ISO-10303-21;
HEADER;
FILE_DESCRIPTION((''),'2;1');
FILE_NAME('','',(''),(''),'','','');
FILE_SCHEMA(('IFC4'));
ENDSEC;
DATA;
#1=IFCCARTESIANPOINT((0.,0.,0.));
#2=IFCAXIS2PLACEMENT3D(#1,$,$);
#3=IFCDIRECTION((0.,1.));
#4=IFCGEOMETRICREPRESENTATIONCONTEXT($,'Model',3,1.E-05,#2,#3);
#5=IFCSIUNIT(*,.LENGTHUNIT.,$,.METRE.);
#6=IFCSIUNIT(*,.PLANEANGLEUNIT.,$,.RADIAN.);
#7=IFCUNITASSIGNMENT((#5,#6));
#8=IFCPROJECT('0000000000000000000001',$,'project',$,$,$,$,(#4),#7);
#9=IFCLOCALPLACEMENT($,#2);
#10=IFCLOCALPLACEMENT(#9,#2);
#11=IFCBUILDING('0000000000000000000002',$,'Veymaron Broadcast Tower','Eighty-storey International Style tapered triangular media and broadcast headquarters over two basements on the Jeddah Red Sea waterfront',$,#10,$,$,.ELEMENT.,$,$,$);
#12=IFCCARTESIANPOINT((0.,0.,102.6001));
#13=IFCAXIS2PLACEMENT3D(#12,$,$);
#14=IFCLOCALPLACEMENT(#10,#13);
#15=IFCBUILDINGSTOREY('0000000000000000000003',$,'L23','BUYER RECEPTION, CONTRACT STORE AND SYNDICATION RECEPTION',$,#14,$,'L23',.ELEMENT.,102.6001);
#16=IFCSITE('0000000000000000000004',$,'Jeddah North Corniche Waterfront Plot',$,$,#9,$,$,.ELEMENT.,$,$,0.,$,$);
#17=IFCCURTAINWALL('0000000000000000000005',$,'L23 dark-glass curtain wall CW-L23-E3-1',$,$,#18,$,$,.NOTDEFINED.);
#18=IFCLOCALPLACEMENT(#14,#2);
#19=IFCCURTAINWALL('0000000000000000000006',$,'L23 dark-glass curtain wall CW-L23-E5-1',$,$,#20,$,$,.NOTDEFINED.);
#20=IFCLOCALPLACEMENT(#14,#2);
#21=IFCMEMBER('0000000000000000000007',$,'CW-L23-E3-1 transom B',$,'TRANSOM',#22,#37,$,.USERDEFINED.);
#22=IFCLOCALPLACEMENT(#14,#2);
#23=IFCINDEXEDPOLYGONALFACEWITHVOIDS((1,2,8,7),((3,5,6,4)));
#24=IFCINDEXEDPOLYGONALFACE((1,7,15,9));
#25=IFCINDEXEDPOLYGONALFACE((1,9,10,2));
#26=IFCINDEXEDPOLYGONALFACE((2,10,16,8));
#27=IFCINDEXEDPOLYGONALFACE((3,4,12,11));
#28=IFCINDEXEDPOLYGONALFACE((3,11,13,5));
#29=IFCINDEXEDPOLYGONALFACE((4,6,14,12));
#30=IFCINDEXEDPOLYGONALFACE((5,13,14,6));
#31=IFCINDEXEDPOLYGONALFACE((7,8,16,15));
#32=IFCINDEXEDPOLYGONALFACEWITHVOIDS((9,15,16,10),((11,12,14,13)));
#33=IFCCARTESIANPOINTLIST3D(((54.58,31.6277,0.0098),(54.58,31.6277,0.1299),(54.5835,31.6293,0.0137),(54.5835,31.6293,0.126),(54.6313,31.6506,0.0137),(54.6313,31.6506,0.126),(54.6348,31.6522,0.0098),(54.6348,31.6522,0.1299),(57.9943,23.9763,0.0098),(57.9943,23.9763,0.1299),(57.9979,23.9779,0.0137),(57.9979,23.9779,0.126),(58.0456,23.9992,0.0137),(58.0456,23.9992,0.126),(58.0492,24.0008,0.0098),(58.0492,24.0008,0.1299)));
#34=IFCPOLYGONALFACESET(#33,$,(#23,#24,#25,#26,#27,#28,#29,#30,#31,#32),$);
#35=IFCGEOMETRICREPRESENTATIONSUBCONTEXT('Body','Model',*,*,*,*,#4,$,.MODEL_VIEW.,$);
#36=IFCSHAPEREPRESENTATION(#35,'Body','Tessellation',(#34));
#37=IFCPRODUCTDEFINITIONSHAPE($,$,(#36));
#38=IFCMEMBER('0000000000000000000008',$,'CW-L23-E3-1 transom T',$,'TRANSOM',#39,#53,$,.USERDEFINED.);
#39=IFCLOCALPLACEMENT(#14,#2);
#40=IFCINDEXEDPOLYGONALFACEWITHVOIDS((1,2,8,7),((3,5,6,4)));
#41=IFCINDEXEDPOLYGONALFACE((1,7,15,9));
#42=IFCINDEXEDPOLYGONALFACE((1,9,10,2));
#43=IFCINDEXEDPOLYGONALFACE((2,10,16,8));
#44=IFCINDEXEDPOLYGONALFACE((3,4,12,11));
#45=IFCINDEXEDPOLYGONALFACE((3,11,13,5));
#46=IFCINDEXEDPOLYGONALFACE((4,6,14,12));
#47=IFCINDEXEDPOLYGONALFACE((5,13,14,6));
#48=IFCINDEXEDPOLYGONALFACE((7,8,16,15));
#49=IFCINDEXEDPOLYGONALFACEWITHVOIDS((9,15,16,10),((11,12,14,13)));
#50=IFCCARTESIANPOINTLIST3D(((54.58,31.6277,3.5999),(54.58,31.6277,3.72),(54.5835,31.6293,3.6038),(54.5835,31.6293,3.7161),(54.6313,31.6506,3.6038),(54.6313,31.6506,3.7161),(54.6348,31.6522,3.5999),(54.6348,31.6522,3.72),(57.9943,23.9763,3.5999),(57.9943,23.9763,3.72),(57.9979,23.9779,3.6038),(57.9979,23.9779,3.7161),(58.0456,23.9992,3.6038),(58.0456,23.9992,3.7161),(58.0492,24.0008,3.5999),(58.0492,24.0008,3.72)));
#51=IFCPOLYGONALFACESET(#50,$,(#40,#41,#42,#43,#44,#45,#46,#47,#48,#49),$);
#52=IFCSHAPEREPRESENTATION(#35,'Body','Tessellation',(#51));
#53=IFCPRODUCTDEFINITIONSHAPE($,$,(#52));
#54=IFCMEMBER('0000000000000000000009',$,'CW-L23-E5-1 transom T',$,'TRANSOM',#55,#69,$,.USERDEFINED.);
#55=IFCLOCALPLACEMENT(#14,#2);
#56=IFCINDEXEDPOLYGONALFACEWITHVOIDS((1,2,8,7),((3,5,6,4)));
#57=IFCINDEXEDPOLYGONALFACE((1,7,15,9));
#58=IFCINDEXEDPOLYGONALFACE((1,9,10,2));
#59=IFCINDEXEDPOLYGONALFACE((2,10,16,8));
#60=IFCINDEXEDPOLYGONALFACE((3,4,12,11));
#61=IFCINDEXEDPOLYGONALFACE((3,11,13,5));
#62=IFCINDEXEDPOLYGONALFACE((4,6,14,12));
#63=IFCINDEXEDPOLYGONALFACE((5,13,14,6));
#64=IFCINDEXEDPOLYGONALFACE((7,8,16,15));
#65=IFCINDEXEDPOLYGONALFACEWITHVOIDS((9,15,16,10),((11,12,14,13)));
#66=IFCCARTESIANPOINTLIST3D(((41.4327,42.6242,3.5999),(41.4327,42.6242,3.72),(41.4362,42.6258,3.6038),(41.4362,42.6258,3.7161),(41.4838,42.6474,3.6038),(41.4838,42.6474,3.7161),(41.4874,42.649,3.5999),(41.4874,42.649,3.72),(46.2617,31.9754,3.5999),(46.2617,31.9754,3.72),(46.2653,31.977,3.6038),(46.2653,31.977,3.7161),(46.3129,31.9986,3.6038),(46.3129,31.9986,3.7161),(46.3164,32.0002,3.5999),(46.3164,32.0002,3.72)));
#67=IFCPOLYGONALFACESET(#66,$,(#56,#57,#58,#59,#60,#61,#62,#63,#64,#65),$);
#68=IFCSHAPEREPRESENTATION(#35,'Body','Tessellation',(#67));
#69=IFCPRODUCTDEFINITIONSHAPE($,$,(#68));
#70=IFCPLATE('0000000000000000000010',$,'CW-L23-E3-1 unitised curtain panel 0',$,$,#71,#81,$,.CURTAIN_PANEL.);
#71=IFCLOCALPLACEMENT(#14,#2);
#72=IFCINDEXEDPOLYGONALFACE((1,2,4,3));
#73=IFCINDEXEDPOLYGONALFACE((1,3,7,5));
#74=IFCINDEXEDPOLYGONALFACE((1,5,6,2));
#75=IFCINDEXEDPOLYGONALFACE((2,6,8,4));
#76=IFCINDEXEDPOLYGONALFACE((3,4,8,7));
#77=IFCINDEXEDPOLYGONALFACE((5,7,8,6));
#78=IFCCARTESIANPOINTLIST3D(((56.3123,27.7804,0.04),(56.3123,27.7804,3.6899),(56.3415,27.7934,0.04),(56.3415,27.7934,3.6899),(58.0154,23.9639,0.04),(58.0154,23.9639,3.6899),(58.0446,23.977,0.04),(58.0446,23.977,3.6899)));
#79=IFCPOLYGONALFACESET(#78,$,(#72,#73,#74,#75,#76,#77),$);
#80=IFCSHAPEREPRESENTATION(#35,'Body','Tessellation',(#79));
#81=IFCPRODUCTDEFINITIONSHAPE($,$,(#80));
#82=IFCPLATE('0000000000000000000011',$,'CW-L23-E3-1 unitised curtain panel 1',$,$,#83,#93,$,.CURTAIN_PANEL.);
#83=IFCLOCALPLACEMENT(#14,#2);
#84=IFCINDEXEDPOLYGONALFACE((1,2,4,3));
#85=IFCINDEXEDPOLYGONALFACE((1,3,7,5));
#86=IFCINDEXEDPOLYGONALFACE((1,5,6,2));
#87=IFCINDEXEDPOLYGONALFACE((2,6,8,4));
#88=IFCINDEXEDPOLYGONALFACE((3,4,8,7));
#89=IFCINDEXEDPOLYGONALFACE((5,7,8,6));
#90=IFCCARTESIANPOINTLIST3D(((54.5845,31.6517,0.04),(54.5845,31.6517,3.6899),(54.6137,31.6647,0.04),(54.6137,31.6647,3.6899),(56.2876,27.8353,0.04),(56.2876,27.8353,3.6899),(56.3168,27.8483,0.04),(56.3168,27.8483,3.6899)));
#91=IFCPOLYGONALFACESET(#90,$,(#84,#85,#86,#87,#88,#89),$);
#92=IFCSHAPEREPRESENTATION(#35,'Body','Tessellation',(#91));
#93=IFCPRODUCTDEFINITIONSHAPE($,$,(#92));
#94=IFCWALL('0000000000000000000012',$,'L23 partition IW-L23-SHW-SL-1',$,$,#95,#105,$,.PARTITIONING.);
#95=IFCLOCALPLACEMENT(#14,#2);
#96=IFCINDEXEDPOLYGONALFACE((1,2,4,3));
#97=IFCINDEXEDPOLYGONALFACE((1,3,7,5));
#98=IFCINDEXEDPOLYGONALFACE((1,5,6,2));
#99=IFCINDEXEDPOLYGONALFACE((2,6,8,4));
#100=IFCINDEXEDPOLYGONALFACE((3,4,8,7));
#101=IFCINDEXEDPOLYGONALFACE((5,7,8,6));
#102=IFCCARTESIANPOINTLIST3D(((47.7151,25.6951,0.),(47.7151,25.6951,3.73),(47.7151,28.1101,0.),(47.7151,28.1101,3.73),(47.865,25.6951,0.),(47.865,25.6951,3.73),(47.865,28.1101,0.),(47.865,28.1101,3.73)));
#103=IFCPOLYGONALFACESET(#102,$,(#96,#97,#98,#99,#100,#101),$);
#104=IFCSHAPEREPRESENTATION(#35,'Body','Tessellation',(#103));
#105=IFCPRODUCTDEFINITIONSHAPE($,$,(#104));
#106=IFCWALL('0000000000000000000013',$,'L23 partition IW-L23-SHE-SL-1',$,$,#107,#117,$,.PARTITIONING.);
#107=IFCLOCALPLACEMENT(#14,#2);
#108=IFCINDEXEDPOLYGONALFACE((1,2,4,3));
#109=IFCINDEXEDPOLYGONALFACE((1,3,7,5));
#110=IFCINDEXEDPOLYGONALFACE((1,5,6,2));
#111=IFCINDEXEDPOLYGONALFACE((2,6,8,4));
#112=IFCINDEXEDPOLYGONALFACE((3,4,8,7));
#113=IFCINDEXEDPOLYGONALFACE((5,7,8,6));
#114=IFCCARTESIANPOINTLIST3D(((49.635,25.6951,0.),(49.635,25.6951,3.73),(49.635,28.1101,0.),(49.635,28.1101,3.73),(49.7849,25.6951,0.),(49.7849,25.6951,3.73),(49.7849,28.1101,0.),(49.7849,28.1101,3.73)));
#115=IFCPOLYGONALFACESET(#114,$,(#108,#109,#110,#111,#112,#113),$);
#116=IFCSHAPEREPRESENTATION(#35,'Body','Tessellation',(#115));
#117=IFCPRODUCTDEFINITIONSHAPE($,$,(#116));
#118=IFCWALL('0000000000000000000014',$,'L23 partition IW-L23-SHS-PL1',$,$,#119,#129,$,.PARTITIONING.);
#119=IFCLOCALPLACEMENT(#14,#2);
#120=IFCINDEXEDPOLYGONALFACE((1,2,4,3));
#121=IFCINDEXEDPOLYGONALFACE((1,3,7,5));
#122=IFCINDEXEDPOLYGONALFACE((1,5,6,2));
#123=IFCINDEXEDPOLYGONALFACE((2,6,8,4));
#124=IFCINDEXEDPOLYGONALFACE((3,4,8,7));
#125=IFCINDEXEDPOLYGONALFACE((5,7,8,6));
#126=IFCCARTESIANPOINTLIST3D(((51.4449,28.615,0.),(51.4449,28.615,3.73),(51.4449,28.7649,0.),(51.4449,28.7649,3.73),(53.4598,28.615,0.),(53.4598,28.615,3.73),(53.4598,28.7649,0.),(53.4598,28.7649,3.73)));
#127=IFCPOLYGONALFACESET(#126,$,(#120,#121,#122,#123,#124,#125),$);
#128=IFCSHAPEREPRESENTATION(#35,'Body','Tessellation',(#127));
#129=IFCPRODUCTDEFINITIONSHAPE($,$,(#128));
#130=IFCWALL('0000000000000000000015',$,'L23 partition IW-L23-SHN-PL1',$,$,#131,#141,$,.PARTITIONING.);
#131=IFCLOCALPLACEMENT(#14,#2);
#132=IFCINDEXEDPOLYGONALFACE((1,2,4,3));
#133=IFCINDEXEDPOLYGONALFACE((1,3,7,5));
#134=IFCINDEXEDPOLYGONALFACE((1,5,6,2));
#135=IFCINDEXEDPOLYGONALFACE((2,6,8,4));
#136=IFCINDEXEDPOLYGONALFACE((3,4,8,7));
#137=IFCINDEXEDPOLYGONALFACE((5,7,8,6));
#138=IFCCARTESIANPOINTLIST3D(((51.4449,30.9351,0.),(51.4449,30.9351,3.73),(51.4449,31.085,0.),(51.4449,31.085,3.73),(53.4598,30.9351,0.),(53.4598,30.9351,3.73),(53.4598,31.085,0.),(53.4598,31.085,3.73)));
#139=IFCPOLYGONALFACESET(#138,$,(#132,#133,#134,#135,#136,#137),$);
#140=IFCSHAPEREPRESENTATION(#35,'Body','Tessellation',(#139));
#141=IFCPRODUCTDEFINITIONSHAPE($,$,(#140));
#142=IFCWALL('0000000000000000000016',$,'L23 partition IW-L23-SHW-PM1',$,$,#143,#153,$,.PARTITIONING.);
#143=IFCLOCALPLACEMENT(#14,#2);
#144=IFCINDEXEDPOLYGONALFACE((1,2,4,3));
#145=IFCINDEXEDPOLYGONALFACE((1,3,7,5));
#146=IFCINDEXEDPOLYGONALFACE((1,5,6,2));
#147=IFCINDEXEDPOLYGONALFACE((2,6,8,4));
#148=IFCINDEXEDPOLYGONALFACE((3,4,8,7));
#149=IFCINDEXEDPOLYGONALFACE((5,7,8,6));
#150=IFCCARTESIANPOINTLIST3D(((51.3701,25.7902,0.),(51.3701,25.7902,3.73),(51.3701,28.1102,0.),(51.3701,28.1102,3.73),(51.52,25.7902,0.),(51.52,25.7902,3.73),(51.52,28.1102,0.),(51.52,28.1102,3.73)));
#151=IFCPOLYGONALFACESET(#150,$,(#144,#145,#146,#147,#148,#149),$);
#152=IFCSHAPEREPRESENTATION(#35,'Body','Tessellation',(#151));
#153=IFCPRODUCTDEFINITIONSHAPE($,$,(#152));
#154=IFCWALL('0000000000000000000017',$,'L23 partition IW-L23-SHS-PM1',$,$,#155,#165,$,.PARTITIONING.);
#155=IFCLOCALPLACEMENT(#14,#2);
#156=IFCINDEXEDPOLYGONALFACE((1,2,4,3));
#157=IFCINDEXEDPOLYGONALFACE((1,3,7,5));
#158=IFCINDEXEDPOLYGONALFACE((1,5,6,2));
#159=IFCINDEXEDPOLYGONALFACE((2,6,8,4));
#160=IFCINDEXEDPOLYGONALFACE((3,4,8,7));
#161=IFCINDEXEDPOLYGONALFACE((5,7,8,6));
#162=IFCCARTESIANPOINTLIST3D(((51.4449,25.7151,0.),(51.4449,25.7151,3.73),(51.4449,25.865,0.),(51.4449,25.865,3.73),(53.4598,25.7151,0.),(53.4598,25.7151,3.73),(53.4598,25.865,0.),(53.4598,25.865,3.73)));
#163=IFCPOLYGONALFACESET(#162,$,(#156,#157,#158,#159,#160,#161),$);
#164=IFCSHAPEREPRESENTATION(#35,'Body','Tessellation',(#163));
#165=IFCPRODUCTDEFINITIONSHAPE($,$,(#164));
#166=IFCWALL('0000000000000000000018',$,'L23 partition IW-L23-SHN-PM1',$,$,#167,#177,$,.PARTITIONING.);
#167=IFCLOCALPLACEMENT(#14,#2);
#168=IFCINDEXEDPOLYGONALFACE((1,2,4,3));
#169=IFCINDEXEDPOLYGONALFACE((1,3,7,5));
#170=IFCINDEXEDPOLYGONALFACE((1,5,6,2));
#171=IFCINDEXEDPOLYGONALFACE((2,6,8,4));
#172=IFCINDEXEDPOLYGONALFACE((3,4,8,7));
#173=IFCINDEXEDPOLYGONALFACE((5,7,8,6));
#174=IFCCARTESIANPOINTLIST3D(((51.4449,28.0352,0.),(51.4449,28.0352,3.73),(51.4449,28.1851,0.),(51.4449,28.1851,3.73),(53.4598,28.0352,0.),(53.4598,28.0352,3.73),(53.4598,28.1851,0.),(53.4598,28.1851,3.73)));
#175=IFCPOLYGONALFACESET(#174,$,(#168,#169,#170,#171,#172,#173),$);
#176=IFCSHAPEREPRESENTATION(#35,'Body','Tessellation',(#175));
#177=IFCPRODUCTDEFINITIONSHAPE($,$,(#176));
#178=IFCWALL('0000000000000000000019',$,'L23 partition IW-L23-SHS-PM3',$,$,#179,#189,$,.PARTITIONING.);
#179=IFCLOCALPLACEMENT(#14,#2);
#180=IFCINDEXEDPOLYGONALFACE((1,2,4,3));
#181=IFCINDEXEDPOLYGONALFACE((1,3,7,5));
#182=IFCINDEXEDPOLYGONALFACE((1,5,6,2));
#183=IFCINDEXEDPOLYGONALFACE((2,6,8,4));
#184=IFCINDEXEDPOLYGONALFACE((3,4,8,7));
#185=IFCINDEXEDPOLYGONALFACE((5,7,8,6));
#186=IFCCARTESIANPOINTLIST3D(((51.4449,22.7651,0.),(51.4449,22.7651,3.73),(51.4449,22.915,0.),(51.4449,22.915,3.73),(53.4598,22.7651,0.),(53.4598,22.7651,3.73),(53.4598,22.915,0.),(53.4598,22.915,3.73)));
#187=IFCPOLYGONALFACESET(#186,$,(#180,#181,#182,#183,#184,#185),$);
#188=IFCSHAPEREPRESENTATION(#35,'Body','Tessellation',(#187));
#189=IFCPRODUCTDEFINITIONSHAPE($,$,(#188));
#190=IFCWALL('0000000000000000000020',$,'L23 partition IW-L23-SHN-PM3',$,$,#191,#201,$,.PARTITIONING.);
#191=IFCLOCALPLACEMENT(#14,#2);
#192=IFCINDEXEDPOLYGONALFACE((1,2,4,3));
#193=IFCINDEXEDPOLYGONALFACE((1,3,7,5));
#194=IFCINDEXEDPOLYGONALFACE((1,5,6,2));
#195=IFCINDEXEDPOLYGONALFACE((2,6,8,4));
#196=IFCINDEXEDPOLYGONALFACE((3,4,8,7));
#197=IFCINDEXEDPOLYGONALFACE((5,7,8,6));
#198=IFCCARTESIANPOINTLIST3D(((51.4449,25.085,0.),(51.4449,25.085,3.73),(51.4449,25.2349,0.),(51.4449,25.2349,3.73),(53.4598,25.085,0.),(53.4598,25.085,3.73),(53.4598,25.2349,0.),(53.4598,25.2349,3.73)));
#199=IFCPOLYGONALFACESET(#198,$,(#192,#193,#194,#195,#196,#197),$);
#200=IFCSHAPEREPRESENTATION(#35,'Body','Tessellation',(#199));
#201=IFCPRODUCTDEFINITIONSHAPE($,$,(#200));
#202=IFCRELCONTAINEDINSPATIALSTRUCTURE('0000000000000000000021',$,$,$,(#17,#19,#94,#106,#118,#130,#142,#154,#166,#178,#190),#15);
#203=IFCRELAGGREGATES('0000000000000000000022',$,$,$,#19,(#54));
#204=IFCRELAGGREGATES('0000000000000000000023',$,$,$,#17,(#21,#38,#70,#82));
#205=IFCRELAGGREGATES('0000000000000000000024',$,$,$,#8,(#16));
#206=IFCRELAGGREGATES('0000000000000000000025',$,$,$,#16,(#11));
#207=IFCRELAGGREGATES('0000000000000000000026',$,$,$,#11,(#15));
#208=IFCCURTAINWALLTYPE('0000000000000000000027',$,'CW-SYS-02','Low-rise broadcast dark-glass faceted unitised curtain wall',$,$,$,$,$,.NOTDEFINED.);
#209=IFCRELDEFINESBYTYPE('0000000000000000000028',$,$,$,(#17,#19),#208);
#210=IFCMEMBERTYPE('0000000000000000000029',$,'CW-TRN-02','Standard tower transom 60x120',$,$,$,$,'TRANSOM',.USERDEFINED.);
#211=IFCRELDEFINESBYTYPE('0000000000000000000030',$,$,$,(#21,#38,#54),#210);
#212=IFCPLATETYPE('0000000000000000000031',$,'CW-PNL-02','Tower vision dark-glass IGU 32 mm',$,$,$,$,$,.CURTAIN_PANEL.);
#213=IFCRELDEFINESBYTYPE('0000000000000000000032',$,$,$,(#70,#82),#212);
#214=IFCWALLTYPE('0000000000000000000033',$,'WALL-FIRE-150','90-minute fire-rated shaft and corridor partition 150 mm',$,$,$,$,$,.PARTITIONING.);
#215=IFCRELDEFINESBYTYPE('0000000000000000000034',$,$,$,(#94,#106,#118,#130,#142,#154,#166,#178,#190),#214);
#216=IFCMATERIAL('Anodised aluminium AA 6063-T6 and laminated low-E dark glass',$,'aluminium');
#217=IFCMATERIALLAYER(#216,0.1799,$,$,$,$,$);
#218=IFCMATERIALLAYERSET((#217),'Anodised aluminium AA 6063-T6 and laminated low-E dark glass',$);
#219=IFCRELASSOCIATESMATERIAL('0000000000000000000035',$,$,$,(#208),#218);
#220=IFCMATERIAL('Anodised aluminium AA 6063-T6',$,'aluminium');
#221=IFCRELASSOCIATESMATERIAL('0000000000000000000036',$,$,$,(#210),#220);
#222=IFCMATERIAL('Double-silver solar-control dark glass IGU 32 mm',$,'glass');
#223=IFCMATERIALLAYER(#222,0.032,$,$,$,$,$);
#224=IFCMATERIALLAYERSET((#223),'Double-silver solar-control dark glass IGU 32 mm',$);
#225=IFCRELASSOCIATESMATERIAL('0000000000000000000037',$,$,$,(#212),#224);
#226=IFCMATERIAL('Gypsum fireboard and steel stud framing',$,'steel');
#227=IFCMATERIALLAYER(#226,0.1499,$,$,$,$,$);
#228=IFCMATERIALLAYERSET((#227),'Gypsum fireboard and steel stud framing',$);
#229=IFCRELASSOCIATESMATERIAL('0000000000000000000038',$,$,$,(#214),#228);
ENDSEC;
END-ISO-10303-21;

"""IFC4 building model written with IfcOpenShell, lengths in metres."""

from ifc_helpers import new_model, si_unit, direction, frame, frame_2d, origin, origin_2d, place, context, subcontext, project, spatial, rectangle, hollow_rectangle, extrude, material, layer, layer_set, material_profile, profile_set, type_object, element, aggregate, save


model = new_model("IFC4")

# Units and contexts
model_context = context("Model", 3, precision=1e-05, world=origin(), true_north=direction((0.0, 1.0)))
body_context = subcontext(model_context, "Body", "Model", "MODEL_VIEW")
ifc_project = project(units=[si_unit("LENGTHUNIT", "METRE"), si_unit("PLANEANGLEUNIT", "RADIAN")], contexts=[model_context])

# Site, building, storey
site_placement = place(None, origin())
site = spatial("IfcSite", under=ifc_project, at=site_placement, Name="Jeddah North Corniche Waterfront Plot", CompositionType="ELEMENT", RefElevation=0.0)
building_placement = place(site_placement, origin())
building = spatial("IfcBuilding", under=site, at=building_placement, Name="Veymaron Broadcast Tower", Description="Eighty-storey International Style tapered triangular media and broadcast headquarters over two basements on the Jeddah Red Sea waterfront", CompositionType="ELEMENT")
storey_placement = place(building_placement, frame((0.0, 0.0, 102.6001)))
storey = spatial("IfcBuildingStorey", under=building, at=storey_placement, Name="L23", Description="BUYER RECEPTION, CONTRACT STORE AND SYNDICATION RECEPTION", LongName="L23", CompositionType="ELEMENT", Elevation=102.6001)

# Shared definitions
ifc_material_1 = material(Name="Anodised aluminium AA 6063-T6 and laminated low-E dark glass", Category="aluminium")
ifc_layer_1 = layer(ifc_material_1, 0.1799)
ifc_layer_set_1 = layer_set([ifc_layer_1], Name="Anodised aluminium AA 6063-T6 and laminated low-E dark glass")
curtain_wall_type = type_object("IfcCurtainWallType", Name="CW-SYS-02", Description="Low-rise broadcast dark-glass faceted unitised curtain wall", PredefinedType="NOTDEFINED", material=ifc_layer_set_1)
ifc_material_2 = material(Name="Anodised aluminium AA 6063-T6", Category="aluminium")

# Curtain wall
curtain_wall_1_placement = place(storey_placement, origin())
curtain_wall_1 = element("IfcCurtainWall", 1, at=curtain_wall_1_placement, inside=storey, type_object=curtain_wall_type, Name="L23 dark-glass curtain wall CW-L23-E3-1", PredefinedType="NOTDEFINED")

# Curtain wall
curtain_wall_2_placement = place(storey_placement, origin())
curtain_wall_2 = element("IfcCurtainWall", 2, at=curtain_wall_2_placement, inside=storey, type_object=curtain_wall_type, Name="L23 dark-glass curtain wall CW-L23-E5-1", PredefinedType="NOTDEFINED")

# Members
ifc_material_profile_1 = material_profile(ifc_material_2, hollow_rectangle(XDim=0.0601, YDim=0.1201, WallThickness=0.0039, at=origin_2d()), Name="AL120X60X4")
ifc_profile_set_1 = profile_set([ifc_material_profile_1], Name="Anodised aluminium AA 6063-T6")
member_type_1 = type_object("IfcMemberType", Name="CW-TRN-02", Description="Standard tower transom 60x120", ElementType="TRANSOM", PredefinedType="USERDEFINED", material=ifc_profile_set_1)
member_1_placement = place(storey_placement, frame((58.0217, 23.9885, 0.0698), z_axis=(-0.407503, 0.913204, 0.0), x_axis=(-0.913204, -0.407503, 0.0)))
member_1 = element("IfcMember", 3, at=member_1_placement, type_object=member_type_1, Name="CW-L23-E3-1 transom B", ObjectType="TRANSOM", PredefinedType="USERDEFINED", context=body_context, shape_type="SweptSolid", body=[
    extrude(hollow_rectangle(XDim=0.0601, YDim=0.1201, WallThickness=0.0039, at=origin_2d()), origin(), (0.0, 0.0, 1.0), 8.3787),
])
member_2_placement = place(storey_placement, frame((58.0217, 23.9885, 3.6599), z_axis=(-0.407503, 0.913204, 0.0), x_axis=(-0.913204, -0.407503, 0.0)))
member_2 = element("IfcMember", 4, at=member_2_placement, type_object=member_type_1, Name="CW-L23-E3-1 transom T", ObjectType="TRANSOM", PredefinedType="USERDEFINED", context=body_context, shape_type="SweptSolid", body=[
    extrude(hollow_rectangle(XDim=0.0601, YDim=0.1201, WallThickness=0.0039, at=origin_2d()), origin(), (0.0, 0.0, 1.0), 8.3787),
])
member_3_placement = place(storey_placement, frame((46.2891, 31.9878, 3.6599), z_axis=(-0.413, 0.910731, 0.0), x_axis=(-0.910731, -0.413, 0.0)))
member_3 = element("IfcMember", 5, at=member_3_placement, type_object=member_type_1, Name="CW-L23-E5-1 transom T", ObjectType="TRANSOM", PredefinedType="USERDEFINED", context=body_context, shape_type="SweptSolid", body=[
    extrude(hollow_rectangle(XDim=0.0601, YDim=0.1201, WallThickness=0.0039, at=origin_2d()), origin(), (0.0, 0.0, 1.0), 11.6926),
])
aggregate(curtain_wall_2, [member_3])

# Plates
ifc_material_3 = material(Name="Double-silver solar-control dark glass IGU 32 mm", Category="glass")
ifc_layer_2 = layer(ifc_material_3, 0.032)
ifc_layer_set_2 = layer_set([ifc_layer_2], Name="Double-silver solar-control dark glass IGU 32 mm")
plate_type = type_object("IfcPlateType", Name="CW-PNL-02", Description="Tower vision dark-glass IGU 32 mm", PredefinedType="CURTAIN_PANEL", material=ifc_layer_set_2)
plate_1_placement = place(storey_placement, frame((57.1785, 25.8787, 0.04), z_axis=(0.0, 0.0, 1.0), x_axis=(-0.407518, 0.913197, 0.0)))
plate_1 = element("IfcPlate", 6, at=plate_1_placement, type_object=plate_type, Name="CW-L23-E3-1 unitised curtain panel 0", PredefinedType="CURTAIN_PANEL", context=body_context, shape_type="SweptSolid", body=[
    extrude(rectangle(XDim=4.1792, YDim=0.032, at=origin_2d()), origin(), (0.0, 0.0, 1.0), 3.6499),
])
plate_2_placement = place(storey_placement, frame((55.4507, 29.75, 0.04), z_axis=(0.0, 0.0, 1.0), x_axis=(-0.407518, 0.913197, 0.0)))
plate_2 = element("IfcPlate", 7, at=plate_2_placement, type_object=plate_type, Name="CW-L23-E3-1 unitised curtain panel 1", PredefinedType="CURTAIN_PANEL", context=body_context, shape_type="SweptSolid", body=[
    extrude(rectangle(XDim=4.1792, YDim=0.032, at=origin_2d()), origin(), (0.0, 0.0, 1.0), 3.6499),
])
aggregate(curtain_wall_1, [member_1, member_2, plate_1, plate_2])

# Shared definitions
ifc_material_4 = material(Name="Gypsum fireboard and steel stud framing", Category="steel")
ifc_layer_3 = layer(ifc_material_4, 0.1499)
ifc_layer_set_3 = layer_set([ifc_layer_3], Name="Gypsum fireboard and steel stud framing")
wall_type_1 = type_object("IfcWallType", Name="WALL-FIRE-150", Description="90-minute fire-rated shaft and corridor partition 150 mm", PredefinedType="PARTITIONING", material=ifc_layer_set_3)

# Walls
for number, where, z_axis, x_axis, name in (
    (8, (47.79, 25.6951, 0.0), (0.0, 0.0, 1.0), (0.0, 1.0, 0.0), "L23 partition IW-L23-SHW-SL-1"),
    (9, (49.71, 25.6951, 0.0), (0.0, 0.0, 1.0), (0.0, 1.0, 0.0), "L23 partition IW-L23-SHE-SL-1"),
):
    element("IfcWall", number, at=place(storey_placement, frame(where, z_axis=z_axis, x_axis=x_axis)), inside=storey, type_object=wall_type_1, Name=name, PredefinedType="PARTITIONING", context=body_context, shape_type="SweptSolid", body=[
        extrude(rectangle(XDim=2.415, YDim=0.1499, at=frame_2d((1.2075, 0.0))), origin(), (0.0, 0.0, 1.0), 3.73),
    ])

# Walls
for number, where, z_axis, x_axis, name in (
    (10, (51.4451, 28.6899, 0.0), (0.0, 0.0, 1.0), (1.0, 0.0, 0.0), "L23 partition IW-L23-SHS-PL1"),
    (11, (51.4451, 31.01, 0.0), (0.0, 0.0, 1.0), (1.0, 0.0, 0.0), "L23 partition IW-L23-SHN-PL1"),
):
    element("IfcWall", number, at=place(storey_placement, frame(where, z_axis=z_axis, x_axis=x_axis)), inside=storey, type_object=wall_type_1, Name=name, PredefinedType="PARTITIONING", context=body_context, shape_type="SweptSolid", body=[
        extrude(rectangle(XDim=2.0149, YDim=0.1499, at=frame_2d((1.0073, 0.0))), origin(), (0.0, 0.0, 1.0), 3.73),
    ])
wall_1_placement = place(storey_placement, frame((51.4451, 25.79, 0.0), z_axis=(0.0, 0.0, 1.0), x_axis=(0.0, 1.0, 0.0)))
element("IfcWall", 12, at=wall_1_placement, inside=storey, type_object=wall_type_1, Name="L23 partition IW-L23-SHW-PM1", PredefinedType="PARTITIONING", context=body_context, shape_type="SweptSolid", body=[
    extrude(rectangle(XDim=2.3201, YDim=0.1499, at=frame_2d((1.1602, 0.0))), origin(), (0.0, 0.0, 1.0), 3.73),
])
for number, where, z_axis, x_axis, name in (
    (13, (51.4451, 25.79, 0.0), (0.0, 0.0, 1.0), (1.0, 0.0, 0.0), "L23 partition IW-L23-SHS-PM1"),
    (14, (51.4451, 28.1101, 0.0), (0.0, 0.0, 1.0), (1.0, 0.0, 0.0), "L23 partition IW-L23-SHN-PM1"),
    (15, (51.4451, 22.8401, 0.0), (0.0, 0.0, 1.0), (1.0, 0.0, 0.0), "L23 partition IW-L23-SHS-PM3"),
    (16, (51.4451, 25.1599, 0.0), (0.0, 0.0, 1.0), (1.0, 0.0, 0.0), "L23 partition IW-L23-SHN-PM3"),
):
    element("IfcWall", number, at=place(storey_placement, frame(where, z_axis=z_axis, x_axis=x_axis)), inside=storey, type_object=wall_type_1, Name=name, PredefinedType="PARTITIONING", context=body_context, shape_type="SweptSolid", body=[
        extrude(rectangle(XDim=2.0149, YDim=0.1499, at=frame_2d((1.0073, 0.0))), origin(), (0.0, 0.0, 1.0), 3.73),
    ])

save(model, "model.ifc")
